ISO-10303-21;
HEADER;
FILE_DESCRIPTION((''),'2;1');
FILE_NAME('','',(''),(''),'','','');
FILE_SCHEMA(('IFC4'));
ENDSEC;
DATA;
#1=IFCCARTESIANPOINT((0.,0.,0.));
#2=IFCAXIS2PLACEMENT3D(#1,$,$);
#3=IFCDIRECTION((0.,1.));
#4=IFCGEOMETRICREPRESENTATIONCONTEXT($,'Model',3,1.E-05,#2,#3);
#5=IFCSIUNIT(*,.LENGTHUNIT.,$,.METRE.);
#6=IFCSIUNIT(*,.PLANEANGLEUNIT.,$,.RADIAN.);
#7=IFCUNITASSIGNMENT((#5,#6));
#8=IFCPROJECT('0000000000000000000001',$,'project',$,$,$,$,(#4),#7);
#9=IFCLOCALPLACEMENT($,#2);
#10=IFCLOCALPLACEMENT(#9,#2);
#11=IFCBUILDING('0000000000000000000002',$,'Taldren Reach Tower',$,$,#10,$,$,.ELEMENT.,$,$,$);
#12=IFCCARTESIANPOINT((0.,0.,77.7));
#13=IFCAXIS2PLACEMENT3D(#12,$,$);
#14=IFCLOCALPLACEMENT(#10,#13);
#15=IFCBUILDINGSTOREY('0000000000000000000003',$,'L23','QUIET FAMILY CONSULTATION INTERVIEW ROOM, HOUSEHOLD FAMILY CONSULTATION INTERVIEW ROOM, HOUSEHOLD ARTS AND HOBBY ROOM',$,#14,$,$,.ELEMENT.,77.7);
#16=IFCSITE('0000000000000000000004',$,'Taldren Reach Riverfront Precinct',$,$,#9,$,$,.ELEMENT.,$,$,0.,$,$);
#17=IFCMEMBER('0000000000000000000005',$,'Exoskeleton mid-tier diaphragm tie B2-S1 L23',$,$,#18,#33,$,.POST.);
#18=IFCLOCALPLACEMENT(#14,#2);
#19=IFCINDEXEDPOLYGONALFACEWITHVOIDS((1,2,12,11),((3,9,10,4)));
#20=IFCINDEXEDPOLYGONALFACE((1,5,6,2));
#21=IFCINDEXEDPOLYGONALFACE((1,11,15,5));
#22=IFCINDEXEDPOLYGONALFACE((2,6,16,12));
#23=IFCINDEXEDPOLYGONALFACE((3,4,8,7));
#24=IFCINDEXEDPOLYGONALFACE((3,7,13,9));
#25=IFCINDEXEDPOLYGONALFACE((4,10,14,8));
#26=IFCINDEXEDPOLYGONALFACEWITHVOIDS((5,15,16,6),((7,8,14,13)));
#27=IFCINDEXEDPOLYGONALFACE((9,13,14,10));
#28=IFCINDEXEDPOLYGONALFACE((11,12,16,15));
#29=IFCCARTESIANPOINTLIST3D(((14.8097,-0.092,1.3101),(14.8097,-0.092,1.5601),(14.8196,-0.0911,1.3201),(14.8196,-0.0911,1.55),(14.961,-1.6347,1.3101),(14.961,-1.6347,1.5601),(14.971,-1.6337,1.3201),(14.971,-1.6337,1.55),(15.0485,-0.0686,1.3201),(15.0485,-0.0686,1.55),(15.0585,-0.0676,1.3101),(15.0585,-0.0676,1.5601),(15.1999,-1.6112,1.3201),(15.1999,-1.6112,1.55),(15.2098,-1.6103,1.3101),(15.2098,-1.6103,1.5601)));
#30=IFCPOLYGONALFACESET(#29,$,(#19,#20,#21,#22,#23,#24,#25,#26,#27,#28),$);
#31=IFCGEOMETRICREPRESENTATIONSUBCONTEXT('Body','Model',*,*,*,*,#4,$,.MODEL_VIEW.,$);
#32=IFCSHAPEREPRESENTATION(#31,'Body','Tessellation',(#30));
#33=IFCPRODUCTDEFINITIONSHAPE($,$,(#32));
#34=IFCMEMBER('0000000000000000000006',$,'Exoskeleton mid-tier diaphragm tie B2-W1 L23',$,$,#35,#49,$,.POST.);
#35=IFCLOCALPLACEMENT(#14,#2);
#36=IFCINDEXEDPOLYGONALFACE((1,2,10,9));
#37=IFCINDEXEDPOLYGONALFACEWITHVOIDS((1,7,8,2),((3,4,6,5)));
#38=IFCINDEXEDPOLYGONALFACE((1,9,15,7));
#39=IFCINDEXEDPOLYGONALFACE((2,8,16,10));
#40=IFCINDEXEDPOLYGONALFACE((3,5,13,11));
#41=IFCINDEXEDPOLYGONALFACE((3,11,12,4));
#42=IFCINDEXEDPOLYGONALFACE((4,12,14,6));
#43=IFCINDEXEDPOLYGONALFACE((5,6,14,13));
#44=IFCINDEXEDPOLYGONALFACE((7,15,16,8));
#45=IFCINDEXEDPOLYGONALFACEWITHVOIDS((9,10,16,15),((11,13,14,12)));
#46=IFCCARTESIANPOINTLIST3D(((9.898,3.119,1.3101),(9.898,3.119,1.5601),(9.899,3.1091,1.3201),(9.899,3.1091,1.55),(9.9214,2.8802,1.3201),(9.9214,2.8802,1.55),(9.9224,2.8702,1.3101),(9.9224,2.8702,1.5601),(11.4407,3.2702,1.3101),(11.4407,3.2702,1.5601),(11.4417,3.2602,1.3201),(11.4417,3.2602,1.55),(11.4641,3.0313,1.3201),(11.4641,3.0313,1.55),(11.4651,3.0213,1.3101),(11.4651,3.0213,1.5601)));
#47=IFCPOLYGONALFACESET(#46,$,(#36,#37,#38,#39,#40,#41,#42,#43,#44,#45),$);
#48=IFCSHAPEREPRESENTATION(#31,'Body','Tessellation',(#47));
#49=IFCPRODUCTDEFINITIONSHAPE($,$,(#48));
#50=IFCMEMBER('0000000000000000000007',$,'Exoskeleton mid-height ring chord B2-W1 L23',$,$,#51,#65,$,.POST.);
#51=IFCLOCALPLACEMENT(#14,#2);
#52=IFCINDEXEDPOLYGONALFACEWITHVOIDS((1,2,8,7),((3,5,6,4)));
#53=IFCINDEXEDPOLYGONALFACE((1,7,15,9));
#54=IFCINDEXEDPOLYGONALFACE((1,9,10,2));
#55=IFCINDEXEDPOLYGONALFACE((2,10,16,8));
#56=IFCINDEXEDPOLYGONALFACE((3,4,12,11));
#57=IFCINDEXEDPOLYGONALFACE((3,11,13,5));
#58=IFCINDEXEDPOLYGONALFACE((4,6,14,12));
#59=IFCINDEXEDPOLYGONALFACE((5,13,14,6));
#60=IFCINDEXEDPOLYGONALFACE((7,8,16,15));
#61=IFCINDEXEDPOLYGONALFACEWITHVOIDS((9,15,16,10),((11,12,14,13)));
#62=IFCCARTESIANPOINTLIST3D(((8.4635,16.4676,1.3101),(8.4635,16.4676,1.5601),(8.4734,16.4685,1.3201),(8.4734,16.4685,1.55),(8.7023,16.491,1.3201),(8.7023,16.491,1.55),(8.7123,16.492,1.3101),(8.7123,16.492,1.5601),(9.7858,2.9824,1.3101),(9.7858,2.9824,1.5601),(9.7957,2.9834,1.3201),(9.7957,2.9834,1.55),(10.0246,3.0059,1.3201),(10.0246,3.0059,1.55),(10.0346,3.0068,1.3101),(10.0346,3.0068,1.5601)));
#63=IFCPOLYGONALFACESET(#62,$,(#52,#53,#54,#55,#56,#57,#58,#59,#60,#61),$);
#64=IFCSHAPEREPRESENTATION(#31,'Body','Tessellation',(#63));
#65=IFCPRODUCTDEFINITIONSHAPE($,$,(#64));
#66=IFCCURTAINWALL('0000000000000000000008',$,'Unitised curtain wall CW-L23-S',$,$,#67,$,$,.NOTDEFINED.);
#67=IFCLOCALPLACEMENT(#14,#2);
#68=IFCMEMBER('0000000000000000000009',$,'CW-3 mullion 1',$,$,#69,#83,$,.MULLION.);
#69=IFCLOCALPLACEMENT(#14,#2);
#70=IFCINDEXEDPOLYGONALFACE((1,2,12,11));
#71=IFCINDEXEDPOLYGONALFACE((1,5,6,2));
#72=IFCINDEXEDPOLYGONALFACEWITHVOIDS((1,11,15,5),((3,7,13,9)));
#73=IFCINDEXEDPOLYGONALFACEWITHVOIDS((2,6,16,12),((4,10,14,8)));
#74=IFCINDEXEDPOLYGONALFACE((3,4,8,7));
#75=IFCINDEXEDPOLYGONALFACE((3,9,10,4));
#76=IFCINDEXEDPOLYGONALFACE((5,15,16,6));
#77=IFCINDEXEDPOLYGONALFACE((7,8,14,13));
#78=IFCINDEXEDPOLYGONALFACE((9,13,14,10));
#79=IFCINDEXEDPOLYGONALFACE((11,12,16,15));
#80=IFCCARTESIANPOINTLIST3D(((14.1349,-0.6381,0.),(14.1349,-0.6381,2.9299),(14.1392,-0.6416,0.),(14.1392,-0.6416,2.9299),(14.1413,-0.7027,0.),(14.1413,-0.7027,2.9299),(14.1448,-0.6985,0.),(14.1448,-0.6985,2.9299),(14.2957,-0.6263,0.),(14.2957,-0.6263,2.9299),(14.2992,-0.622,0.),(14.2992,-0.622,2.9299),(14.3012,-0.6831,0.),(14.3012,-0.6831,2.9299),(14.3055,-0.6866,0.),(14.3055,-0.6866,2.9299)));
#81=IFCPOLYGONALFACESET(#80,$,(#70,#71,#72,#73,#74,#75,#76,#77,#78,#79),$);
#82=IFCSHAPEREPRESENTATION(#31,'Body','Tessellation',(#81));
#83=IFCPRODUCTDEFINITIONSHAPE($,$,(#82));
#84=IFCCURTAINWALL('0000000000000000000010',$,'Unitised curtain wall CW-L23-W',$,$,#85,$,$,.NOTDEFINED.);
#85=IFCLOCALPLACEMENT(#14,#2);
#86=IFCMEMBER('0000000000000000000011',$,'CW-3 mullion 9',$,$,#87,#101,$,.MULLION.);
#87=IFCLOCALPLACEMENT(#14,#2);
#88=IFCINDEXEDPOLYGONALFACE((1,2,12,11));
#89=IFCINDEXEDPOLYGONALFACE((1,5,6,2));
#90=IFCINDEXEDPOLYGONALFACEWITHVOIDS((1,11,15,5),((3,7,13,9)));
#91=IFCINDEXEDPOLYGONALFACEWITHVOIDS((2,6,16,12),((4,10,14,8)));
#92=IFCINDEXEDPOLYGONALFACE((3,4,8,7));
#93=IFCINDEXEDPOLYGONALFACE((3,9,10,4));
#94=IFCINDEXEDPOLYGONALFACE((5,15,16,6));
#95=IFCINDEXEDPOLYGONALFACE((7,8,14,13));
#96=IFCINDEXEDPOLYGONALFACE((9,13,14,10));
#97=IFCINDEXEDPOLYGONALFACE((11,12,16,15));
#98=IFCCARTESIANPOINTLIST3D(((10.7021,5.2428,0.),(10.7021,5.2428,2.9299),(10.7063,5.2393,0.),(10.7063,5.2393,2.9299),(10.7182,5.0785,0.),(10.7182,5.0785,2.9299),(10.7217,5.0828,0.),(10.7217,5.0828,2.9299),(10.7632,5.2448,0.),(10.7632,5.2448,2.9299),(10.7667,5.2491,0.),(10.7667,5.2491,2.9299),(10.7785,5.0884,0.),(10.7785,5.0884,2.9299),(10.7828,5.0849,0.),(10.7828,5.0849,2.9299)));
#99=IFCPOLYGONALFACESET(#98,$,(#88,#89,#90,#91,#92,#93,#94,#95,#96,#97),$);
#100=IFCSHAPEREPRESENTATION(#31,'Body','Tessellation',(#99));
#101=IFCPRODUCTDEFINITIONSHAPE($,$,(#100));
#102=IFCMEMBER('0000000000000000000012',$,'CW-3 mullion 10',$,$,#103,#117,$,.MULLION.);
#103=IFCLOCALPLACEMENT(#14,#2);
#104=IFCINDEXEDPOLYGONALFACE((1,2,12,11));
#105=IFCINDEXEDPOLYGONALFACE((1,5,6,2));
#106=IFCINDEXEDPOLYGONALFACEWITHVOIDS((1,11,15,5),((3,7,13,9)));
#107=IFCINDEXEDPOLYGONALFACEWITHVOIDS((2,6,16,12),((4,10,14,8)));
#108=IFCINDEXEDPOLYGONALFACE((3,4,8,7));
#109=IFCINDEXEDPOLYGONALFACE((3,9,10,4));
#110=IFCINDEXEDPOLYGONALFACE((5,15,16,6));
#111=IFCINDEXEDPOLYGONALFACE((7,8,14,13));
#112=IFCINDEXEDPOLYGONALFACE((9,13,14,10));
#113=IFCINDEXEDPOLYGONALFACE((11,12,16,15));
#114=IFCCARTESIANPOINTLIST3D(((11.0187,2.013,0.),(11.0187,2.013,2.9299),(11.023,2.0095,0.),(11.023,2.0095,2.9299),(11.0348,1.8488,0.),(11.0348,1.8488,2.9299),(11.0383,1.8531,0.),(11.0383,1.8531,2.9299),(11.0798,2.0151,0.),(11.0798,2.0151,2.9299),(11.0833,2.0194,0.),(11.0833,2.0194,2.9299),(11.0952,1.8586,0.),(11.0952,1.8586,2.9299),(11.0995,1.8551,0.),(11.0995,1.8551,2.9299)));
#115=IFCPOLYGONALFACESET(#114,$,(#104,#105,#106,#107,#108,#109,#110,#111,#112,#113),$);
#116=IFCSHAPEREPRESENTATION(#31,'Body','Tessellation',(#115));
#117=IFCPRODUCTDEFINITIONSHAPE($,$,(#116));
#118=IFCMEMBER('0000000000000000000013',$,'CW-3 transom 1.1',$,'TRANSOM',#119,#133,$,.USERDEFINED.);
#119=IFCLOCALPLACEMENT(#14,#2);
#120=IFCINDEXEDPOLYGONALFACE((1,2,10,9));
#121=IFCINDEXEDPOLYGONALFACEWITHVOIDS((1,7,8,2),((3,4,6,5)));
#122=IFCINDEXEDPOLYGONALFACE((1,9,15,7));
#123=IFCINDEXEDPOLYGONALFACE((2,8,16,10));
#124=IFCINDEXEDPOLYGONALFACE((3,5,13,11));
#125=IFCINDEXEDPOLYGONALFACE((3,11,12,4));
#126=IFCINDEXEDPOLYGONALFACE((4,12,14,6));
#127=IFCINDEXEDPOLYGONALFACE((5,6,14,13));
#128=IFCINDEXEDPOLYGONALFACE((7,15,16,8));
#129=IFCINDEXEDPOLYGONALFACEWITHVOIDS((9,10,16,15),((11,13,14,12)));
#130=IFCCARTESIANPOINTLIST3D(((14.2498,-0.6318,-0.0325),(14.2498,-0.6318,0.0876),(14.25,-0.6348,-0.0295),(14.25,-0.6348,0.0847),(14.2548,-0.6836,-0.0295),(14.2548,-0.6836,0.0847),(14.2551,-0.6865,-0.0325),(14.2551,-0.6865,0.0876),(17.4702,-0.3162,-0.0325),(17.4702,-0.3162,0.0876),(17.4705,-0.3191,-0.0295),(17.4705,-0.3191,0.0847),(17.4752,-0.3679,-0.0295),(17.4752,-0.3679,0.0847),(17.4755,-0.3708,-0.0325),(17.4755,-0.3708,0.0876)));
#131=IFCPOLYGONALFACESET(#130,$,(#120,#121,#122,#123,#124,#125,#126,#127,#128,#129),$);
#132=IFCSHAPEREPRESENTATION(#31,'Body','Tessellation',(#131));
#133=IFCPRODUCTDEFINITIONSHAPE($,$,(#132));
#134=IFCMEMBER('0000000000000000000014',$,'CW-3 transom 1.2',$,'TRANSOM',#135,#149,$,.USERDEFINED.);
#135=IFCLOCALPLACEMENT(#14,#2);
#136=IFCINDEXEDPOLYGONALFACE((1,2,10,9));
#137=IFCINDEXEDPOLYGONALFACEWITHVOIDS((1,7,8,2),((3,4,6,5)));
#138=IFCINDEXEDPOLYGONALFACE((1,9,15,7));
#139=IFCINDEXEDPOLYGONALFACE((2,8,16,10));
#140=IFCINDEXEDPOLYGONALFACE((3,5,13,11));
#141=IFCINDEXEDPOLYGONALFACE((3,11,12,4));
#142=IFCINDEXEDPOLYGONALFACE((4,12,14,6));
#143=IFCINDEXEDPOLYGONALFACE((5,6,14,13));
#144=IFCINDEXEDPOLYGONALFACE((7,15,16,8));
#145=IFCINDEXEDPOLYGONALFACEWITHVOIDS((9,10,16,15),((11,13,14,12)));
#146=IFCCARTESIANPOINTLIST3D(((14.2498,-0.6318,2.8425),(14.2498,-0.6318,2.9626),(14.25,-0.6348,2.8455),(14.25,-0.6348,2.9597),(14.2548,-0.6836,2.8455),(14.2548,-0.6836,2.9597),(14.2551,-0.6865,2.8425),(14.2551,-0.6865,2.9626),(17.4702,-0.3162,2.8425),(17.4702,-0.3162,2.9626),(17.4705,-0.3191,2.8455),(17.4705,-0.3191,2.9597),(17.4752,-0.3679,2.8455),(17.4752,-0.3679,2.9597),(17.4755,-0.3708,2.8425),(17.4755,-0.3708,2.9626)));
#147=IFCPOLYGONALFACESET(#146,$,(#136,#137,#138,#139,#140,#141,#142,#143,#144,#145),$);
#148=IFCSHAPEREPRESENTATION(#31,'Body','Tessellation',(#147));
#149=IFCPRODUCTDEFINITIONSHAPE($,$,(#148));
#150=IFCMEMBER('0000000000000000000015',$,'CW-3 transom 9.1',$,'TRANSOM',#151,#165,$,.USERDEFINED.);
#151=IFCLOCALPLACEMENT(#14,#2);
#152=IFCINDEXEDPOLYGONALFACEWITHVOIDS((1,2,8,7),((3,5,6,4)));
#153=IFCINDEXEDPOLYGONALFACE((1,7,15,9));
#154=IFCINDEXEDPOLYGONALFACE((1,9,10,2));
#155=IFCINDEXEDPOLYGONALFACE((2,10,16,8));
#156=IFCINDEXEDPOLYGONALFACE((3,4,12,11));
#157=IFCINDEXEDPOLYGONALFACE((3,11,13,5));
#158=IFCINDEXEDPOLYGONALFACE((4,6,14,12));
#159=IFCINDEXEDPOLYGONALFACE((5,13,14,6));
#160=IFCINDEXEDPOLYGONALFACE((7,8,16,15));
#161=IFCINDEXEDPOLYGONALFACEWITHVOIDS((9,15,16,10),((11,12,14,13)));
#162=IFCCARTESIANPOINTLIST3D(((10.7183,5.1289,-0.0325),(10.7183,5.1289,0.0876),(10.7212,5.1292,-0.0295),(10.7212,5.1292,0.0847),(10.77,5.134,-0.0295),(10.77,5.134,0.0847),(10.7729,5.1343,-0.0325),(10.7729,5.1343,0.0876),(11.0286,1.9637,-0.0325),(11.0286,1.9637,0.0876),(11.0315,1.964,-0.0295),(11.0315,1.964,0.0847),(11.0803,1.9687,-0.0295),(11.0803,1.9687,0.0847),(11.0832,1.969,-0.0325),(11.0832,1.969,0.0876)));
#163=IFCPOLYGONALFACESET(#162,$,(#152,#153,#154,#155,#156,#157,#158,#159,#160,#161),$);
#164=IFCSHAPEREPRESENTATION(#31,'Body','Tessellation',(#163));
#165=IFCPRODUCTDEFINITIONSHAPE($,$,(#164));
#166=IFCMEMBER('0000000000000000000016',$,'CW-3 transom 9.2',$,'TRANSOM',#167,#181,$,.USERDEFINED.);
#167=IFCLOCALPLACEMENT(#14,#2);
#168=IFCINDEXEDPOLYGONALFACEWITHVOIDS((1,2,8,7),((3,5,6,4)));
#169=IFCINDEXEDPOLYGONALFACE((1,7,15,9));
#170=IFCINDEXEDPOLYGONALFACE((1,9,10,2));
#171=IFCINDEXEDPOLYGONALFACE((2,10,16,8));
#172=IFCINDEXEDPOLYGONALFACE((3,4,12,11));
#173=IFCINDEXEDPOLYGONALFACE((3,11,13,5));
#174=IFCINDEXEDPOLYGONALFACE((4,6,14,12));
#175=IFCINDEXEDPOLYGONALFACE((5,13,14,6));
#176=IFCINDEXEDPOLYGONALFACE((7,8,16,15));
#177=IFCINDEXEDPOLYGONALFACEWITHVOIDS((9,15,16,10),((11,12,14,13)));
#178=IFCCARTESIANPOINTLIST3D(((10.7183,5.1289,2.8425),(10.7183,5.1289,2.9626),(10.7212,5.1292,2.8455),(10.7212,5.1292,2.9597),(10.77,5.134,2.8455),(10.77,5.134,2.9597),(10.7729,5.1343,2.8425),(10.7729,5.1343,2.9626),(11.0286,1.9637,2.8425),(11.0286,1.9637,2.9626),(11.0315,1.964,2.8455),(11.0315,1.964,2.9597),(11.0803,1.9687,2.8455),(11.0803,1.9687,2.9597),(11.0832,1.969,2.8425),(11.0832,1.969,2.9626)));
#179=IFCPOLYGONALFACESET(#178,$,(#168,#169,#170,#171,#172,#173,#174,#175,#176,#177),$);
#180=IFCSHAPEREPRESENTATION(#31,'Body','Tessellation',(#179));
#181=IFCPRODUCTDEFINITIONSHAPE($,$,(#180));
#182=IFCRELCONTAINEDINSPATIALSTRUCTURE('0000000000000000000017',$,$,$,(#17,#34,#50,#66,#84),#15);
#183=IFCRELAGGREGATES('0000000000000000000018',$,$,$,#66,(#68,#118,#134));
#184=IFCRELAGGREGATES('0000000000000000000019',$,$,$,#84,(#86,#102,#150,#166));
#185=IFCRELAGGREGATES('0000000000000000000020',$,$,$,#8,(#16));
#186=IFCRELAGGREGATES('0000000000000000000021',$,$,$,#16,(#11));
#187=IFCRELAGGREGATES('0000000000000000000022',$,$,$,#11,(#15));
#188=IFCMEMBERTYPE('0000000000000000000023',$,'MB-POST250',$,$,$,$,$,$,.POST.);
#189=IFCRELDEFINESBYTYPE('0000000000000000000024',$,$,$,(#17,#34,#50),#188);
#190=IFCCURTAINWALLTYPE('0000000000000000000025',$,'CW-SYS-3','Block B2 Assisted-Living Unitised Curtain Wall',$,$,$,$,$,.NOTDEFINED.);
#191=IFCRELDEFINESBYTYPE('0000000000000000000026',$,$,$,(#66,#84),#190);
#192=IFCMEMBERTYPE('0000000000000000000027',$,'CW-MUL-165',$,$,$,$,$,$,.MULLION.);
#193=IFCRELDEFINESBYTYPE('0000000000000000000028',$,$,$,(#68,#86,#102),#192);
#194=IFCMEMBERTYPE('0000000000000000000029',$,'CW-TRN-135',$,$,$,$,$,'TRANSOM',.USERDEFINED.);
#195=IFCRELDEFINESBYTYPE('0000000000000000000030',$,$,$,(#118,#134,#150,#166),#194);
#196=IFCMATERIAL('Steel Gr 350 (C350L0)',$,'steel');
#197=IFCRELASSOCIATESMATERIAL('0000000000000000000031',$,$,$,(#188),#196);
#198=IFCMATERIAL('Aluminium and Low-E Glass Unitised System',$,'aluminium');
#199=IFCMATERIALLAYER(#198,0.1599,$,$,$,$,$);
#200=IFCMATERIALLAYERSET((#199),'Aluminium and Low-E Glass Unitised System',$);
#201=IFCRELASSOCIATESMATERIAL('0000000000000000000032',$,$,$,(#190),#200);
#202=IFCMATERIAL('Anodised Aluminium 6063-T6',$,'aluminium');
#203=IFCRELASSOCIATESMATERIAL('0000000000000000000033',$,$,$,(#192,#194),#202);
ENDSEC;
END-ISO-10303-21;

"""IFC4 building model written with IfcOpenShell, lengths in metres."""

from ifc_helpers import new_model, si_unit, direction, frame, origin, origin_2d, place, context, subcontext, project, spatial, hollow_rectangle, extrude, source, transform, mapped, material, layer, layer_set, material_profile, profile_set, type_object, element, aggregate, save


model = new_model("IFC4")

# Units and contexts
model_context = context("Model", 3, precision=1e-05, world=origin(), true_north=direction((0.0, 1.0)))
body_context = subcontext(model_context, "Body", "Model", "MODEL_VIEW")
ifc_project = project(units=[si_unit("LENGTHUNIT", "METRE"), si_unit("PLANEANGLEUNIT", "RADIAN")], contexts=[model_context])

# Site, building, storey
site_placement = place(None, origin())
site = spatial("IfcSite", under=ifc_project, at=site_placement, Name="Taldren Reach Riverfront Precinct", CompositionType="ELEMENT", RefElevation=0.0)
building_placement = place(site_placement, origin())
building = spatial("IfcBuilding", under=site, at=building_placement, Name="Taldren Reach Tower", CompositionType="ELEMENT")
storey_placement = place(building_placement, frame((0.0, 0.0, 77.7)))
storey = spatial("IfcBuildingStorey", under=building, at=storey_placement, Name="L23", Description="QUIET FAMILY CONSULTATION INTERVIEW ROOM, HOUSEHOLD FAMILY CONSULTATION INTERVIEW ROOM, HOUSEHOLD ARTS AND HOBBY ROOM", CompositionType="ELEMENT", Elevation=77.7)

# Members
ifc_material_1 = material(Name="Steel Gr 350 (C350L0)", Category="steel")
ifc_material_profile_1 = material_profile(ifc_material_1, hollow_rectangle(XDim=0.25, YDim=0.25, WallThickness=0.01, at=origin_2d()), Name="250x250x10.0SHS")
ifc_profile_set_1 = profile_set([ifc_material_profile_1], Name="Steel Gr 350 (C350L0)")
member_type_1 = type_object("IfcMemberType", Name="MB-POST250", PredefinedType="POST", material=ifc_profile_set_1)
shared_shape_1 = source(origin(), body_context, "Body", "SweptSolid", [
    extrude(hollow_rectangle(XDim=0.25, YDim=0.25, WallThickness=0.01, at=origin_2d()), origin(), (0.0, 0.0, 1.0), 1.55),
])
for number, where, z_axis, x_axis, name in (
    (1, (14.9341, -0.0798, 1.4351), (0.097648, -0.995221, 0.0), (0.995221, 0.097648, 0.0), "Exoskeleton mid-tier diaphragm tie B2-S1 L23"),
    (2, (11.4529, 3.1458, 1.4351), (-0.995236, -0.097492, 0.0), (0.097492, -0.995236, 0.0), "Exoskeleton mid-tier diaphragm tie B2-W1 L23"),
):
    element("IfcMember", number, at=place(storey_placement, frame(where, z_axis=z_axis, x_axis=x_axis)), inside=storey, type_object=member_type_1, Name=name, PredefinedType="POST", context=body_context, shape_type="MappedRepresentation", body=[
        mapped(shared_shape_1, transform((0.0, 0.0, 0.0), scale=1.0)),
    ])
shared_shape_2 = source(origin(), body_context, "Body", "SweptSolid", [
    extrude(hollow_rectangle(XDim=0.25, YDim=0.25, WallThickness=0.01, at=origin_2d()), origin(), (0.0, 0.0, 1.0), 13.5498),
])
member_1_placement = place(storey_placement, frame((9.9102, 2.9946, 1.4351), z_axis=(-0.097586, 0.995227, 0.0), x_axis=(-0.995227, -0.097586, 0.0)))
element("IfcMember", 3, at=member_1_placement, inside=storey, type_object=member_type_1, Name="Exoskeleton mid-height ring chord B2-W1 L23", PredefinedType="POST", context=body_context, shape_type="MappedRepresentation", body=[
    mapped(shared_shape_2, transform((0.0, 0.0, 0.0), scale=1.0)),
])

# Curtain wall, member
ifc_material_2 = material(Name="Aluminium and Low-E Glass Unitised System", Category="aluminium")
ifc_layer_1 = layer(ifc_material_2, 0.1599)
ifc_layer_set_1 = layer_set([ifc_layer_1], Name="Aluminium and Low-E Glass Unitised System")
curtain_wall_type = type_object("IfcCurtainWallType", Name="CW-SYS-3", Description="Block B2 Assisted-Living Unitised Curtain Wall", PredefinedType="NOTDEFINED", material=ifc_layer_set_1)
curtain_wall_1_placement = place(storey_placement, origin())
curtain_wall_1 = element("IfcCurtainWall", 4, at=curtain_wall_1_placement, inside=storey, type_object=curtain_wall_type, Name="Unitised curtain wall CW-L23-S", PredefinedType="NOTDEFINED")
ifc_material_3 = material(Name="Anodised Aluminium 6063-T6", Category="aluminium")
ifc_material_profile_2 = material_profile(ifc_material_3, hollow_rectangle(XDim=0.0649, YDim=0.165, WallThickness=0.0039, at=origin_2d()), Name="ALU-165x65x4RHS")
ifc_profile_set_2 = profile_set([ifc_material_profile_2], Name="Anodised Aluminium 6063-T6")
member_type_2 = type_object("IfcMemberType", Name="CW-MUL-165", PredefinedType="MULLION", material=ifc_profile_set_2)
shared_shape_3 = source(origin(), body_context, "Body", "SweptSolid", [
    extrude(hollow_rectangle(XDim=0.0649, YDim=0.165, WallThickness=0.0039, at=origin_2d()), origin(), (0.0, 0.0, 1.0), 2.9299),
])
member_2_placement = place(storey_placement, frame((14.2202, -0.6624, 0.0), z_axis=(0.0, 0.0, 1.0), x_axis=(-0.097583, 0.995227, 0.0)))
member_2 = element("IfcMember", 5, at=member_2_placement, type_object=member_type_2, Name="CW-3 mullion 1", PredefinedType="MULLION", context=body_context, shape_type="MappedRepresentation", body=[
    mapped(shared_shape_3, transform((0.0, 0.0, 0.0), scale=1.0)),
])

# Curtain wall, members
curtain_wall_2_placement = place(storey_placement, origin())
curtain_wall_2 = element("IfcCurtainWall", 6, at=curtain_wall_2_placement, inside=storey, type_object=curtain_wall_type, Name="Unitised curtain wall CW-L23-W", PredefinedType="NOTDEFINED")
member_3_placement = place(storey_placement, frame((10.7424, 5.1638, 0.0), z_axis=(0.0, 0.0, 1.0), x_axis=(0.995227, 0.097583, 0.0)))
member_3 = element("IfcMember", 7, at=member_3_placement, type_object=member_type_2, Name="CW-3 mullion 9", PredefinedType="MULLION", context=body_context, shape_type="MappedRepresentation", body=[
    mapped(shared_shape_3, transform((0.0, 0.0, 0.0), scale=1.0)),
])
member_4_placement = place(storey_placement, frame((11.0591, 1.9341, 0.0), z_axis=(0.0, 0.0, 1.0), x_axis=(0.995227, 0.097583, 0.0)))
member_4 = element("IfcMember", 8, at=member_4_placement, type_object=member_type_2, Name="CW-3 mullion 10", PredefinedType="MULLION", context=body_context, shape_type="MappedRepresentation", body=[
    mapped(shared_shape_3, transform((0.0, 0.0, 0.0), scale=1.0)),
])

# Members
ifc_material_profile_3 = material_profile(ifc_material_3, hollow_rectangle(XDim=0.0549, YDim=0.1201, WallThickness=0.0029, at=origin_2d()), Name="ALU-120x55x3RHS")
ifc_profile_set_3 = profile_set([ifc_material_profile_3], Name="Anodised Aluminium 6063-T6")
member_type_3 = type_object("IfcMemberType", Name="CW-TRN-135", ElementType="TRANSOM", PredefinedType="USERDEFINED", material=ifc_profile_set_3)
shared_shape_4 = source(origin(), body_context, "Body", "SweptSolid", [
    extrude(hollow_rectangle(XDim=0.0549, YDim=0.1201, WallThickness=0.0029, at=origin_2d()), origin(), (0.0, 0.0, 1.0), 3.2358),
])
member_5_placement = place(storey_placement, frame((14.2524, -0.6592, 0.0276), z_axis=(0.99523, 0.097554, 0.0), x_axis=(-0.097554, 0.99523, 0.0)))
member_5 = element("IfcMember", 9, at=member_5_placement, type_object=member_type_3, Name="CW-3 transom 1.1", ObjectType="TRANSOM", PredefinedType="USERDEFINED", context=body_context, shape_type="MappedRepresentation", body=[
    mapped(shared_shape_4, transform((0.0, 0.0, 0.0), scale=1.0)),
])
member_6_placement = place(storey_placement, frame((14.2524, -0.6592, 2.9026), z_axis=(0.99523, 0.097554, 0.0), x_axis=(-0.097554, 0.99523, 0.0)))
member_6 = element("IfcMember", 10, at=member_6_placement, type_object=member_type_3, Name="CW-3 transom 1.2", ObjectType="TRANSOM", PredefinedType="USERDEFINED", context=body_context, shape_type="MappedRepresentation", body=[
    mapped(shared_shape_4, transform((0.0, 0.0, 0.0), scale=1.0)),
])
aggregate(curtain_wall_1, [member_2, member_5, member_6])
shared_shape_5 = source(origin(), body_context, "Body", "SweptSolid", [
    extrude(hollow_rectangle(XDim=0.0549, YDim=0.1201, WallThickness=0.0029, at=origin_2d()), origin(), (0.0, 0.0, 1.0), 3.1804),
])
member_7_placement = place(storey_placement, frame((10.7456, 5.1316, 0.0276), z_axis=(0.097565, -0.995229, 0.0), x_axis=(0.995229, 0.097565, 0.0)))
member_7 = element("IfcMember", 11, at=member_7_placement, type_object=member_type_3, Name="CW-3 transom 9.1", ObjectType="TRANSOM", PredefinedType="USERDEFINED", context=body_context, shape_type="MappedRepresentation", body=[
    mapped(shared_shape_5, transform((0.0, 0.0, 0.0), scale=1.0)),
])
member_8_placement = place(storey_placement, frame((10.7456, 5.1316, 2.9026), z_axis=(0.097565, -0.995229, 0.0), x_axis=(0.995229, 0.097565, 0.0)))
member_8 = element("IfcMember", 12, at=member_8_placement, type_object=member_type_3, Name="CW-3 transom 9.2", ObjectType="TRANSOM", PredefinedType="USERDEFINED", context=body_context, shape_type="MappedRepresentation", body=[
    mapped(shared_shape_5, transform((0.0, 0.0, 0.0), scale=1.0)),
])

aggregate(curtain_wall_2, [member_3, member_4, member_7, member_8])

save(model, "model.ifc")
